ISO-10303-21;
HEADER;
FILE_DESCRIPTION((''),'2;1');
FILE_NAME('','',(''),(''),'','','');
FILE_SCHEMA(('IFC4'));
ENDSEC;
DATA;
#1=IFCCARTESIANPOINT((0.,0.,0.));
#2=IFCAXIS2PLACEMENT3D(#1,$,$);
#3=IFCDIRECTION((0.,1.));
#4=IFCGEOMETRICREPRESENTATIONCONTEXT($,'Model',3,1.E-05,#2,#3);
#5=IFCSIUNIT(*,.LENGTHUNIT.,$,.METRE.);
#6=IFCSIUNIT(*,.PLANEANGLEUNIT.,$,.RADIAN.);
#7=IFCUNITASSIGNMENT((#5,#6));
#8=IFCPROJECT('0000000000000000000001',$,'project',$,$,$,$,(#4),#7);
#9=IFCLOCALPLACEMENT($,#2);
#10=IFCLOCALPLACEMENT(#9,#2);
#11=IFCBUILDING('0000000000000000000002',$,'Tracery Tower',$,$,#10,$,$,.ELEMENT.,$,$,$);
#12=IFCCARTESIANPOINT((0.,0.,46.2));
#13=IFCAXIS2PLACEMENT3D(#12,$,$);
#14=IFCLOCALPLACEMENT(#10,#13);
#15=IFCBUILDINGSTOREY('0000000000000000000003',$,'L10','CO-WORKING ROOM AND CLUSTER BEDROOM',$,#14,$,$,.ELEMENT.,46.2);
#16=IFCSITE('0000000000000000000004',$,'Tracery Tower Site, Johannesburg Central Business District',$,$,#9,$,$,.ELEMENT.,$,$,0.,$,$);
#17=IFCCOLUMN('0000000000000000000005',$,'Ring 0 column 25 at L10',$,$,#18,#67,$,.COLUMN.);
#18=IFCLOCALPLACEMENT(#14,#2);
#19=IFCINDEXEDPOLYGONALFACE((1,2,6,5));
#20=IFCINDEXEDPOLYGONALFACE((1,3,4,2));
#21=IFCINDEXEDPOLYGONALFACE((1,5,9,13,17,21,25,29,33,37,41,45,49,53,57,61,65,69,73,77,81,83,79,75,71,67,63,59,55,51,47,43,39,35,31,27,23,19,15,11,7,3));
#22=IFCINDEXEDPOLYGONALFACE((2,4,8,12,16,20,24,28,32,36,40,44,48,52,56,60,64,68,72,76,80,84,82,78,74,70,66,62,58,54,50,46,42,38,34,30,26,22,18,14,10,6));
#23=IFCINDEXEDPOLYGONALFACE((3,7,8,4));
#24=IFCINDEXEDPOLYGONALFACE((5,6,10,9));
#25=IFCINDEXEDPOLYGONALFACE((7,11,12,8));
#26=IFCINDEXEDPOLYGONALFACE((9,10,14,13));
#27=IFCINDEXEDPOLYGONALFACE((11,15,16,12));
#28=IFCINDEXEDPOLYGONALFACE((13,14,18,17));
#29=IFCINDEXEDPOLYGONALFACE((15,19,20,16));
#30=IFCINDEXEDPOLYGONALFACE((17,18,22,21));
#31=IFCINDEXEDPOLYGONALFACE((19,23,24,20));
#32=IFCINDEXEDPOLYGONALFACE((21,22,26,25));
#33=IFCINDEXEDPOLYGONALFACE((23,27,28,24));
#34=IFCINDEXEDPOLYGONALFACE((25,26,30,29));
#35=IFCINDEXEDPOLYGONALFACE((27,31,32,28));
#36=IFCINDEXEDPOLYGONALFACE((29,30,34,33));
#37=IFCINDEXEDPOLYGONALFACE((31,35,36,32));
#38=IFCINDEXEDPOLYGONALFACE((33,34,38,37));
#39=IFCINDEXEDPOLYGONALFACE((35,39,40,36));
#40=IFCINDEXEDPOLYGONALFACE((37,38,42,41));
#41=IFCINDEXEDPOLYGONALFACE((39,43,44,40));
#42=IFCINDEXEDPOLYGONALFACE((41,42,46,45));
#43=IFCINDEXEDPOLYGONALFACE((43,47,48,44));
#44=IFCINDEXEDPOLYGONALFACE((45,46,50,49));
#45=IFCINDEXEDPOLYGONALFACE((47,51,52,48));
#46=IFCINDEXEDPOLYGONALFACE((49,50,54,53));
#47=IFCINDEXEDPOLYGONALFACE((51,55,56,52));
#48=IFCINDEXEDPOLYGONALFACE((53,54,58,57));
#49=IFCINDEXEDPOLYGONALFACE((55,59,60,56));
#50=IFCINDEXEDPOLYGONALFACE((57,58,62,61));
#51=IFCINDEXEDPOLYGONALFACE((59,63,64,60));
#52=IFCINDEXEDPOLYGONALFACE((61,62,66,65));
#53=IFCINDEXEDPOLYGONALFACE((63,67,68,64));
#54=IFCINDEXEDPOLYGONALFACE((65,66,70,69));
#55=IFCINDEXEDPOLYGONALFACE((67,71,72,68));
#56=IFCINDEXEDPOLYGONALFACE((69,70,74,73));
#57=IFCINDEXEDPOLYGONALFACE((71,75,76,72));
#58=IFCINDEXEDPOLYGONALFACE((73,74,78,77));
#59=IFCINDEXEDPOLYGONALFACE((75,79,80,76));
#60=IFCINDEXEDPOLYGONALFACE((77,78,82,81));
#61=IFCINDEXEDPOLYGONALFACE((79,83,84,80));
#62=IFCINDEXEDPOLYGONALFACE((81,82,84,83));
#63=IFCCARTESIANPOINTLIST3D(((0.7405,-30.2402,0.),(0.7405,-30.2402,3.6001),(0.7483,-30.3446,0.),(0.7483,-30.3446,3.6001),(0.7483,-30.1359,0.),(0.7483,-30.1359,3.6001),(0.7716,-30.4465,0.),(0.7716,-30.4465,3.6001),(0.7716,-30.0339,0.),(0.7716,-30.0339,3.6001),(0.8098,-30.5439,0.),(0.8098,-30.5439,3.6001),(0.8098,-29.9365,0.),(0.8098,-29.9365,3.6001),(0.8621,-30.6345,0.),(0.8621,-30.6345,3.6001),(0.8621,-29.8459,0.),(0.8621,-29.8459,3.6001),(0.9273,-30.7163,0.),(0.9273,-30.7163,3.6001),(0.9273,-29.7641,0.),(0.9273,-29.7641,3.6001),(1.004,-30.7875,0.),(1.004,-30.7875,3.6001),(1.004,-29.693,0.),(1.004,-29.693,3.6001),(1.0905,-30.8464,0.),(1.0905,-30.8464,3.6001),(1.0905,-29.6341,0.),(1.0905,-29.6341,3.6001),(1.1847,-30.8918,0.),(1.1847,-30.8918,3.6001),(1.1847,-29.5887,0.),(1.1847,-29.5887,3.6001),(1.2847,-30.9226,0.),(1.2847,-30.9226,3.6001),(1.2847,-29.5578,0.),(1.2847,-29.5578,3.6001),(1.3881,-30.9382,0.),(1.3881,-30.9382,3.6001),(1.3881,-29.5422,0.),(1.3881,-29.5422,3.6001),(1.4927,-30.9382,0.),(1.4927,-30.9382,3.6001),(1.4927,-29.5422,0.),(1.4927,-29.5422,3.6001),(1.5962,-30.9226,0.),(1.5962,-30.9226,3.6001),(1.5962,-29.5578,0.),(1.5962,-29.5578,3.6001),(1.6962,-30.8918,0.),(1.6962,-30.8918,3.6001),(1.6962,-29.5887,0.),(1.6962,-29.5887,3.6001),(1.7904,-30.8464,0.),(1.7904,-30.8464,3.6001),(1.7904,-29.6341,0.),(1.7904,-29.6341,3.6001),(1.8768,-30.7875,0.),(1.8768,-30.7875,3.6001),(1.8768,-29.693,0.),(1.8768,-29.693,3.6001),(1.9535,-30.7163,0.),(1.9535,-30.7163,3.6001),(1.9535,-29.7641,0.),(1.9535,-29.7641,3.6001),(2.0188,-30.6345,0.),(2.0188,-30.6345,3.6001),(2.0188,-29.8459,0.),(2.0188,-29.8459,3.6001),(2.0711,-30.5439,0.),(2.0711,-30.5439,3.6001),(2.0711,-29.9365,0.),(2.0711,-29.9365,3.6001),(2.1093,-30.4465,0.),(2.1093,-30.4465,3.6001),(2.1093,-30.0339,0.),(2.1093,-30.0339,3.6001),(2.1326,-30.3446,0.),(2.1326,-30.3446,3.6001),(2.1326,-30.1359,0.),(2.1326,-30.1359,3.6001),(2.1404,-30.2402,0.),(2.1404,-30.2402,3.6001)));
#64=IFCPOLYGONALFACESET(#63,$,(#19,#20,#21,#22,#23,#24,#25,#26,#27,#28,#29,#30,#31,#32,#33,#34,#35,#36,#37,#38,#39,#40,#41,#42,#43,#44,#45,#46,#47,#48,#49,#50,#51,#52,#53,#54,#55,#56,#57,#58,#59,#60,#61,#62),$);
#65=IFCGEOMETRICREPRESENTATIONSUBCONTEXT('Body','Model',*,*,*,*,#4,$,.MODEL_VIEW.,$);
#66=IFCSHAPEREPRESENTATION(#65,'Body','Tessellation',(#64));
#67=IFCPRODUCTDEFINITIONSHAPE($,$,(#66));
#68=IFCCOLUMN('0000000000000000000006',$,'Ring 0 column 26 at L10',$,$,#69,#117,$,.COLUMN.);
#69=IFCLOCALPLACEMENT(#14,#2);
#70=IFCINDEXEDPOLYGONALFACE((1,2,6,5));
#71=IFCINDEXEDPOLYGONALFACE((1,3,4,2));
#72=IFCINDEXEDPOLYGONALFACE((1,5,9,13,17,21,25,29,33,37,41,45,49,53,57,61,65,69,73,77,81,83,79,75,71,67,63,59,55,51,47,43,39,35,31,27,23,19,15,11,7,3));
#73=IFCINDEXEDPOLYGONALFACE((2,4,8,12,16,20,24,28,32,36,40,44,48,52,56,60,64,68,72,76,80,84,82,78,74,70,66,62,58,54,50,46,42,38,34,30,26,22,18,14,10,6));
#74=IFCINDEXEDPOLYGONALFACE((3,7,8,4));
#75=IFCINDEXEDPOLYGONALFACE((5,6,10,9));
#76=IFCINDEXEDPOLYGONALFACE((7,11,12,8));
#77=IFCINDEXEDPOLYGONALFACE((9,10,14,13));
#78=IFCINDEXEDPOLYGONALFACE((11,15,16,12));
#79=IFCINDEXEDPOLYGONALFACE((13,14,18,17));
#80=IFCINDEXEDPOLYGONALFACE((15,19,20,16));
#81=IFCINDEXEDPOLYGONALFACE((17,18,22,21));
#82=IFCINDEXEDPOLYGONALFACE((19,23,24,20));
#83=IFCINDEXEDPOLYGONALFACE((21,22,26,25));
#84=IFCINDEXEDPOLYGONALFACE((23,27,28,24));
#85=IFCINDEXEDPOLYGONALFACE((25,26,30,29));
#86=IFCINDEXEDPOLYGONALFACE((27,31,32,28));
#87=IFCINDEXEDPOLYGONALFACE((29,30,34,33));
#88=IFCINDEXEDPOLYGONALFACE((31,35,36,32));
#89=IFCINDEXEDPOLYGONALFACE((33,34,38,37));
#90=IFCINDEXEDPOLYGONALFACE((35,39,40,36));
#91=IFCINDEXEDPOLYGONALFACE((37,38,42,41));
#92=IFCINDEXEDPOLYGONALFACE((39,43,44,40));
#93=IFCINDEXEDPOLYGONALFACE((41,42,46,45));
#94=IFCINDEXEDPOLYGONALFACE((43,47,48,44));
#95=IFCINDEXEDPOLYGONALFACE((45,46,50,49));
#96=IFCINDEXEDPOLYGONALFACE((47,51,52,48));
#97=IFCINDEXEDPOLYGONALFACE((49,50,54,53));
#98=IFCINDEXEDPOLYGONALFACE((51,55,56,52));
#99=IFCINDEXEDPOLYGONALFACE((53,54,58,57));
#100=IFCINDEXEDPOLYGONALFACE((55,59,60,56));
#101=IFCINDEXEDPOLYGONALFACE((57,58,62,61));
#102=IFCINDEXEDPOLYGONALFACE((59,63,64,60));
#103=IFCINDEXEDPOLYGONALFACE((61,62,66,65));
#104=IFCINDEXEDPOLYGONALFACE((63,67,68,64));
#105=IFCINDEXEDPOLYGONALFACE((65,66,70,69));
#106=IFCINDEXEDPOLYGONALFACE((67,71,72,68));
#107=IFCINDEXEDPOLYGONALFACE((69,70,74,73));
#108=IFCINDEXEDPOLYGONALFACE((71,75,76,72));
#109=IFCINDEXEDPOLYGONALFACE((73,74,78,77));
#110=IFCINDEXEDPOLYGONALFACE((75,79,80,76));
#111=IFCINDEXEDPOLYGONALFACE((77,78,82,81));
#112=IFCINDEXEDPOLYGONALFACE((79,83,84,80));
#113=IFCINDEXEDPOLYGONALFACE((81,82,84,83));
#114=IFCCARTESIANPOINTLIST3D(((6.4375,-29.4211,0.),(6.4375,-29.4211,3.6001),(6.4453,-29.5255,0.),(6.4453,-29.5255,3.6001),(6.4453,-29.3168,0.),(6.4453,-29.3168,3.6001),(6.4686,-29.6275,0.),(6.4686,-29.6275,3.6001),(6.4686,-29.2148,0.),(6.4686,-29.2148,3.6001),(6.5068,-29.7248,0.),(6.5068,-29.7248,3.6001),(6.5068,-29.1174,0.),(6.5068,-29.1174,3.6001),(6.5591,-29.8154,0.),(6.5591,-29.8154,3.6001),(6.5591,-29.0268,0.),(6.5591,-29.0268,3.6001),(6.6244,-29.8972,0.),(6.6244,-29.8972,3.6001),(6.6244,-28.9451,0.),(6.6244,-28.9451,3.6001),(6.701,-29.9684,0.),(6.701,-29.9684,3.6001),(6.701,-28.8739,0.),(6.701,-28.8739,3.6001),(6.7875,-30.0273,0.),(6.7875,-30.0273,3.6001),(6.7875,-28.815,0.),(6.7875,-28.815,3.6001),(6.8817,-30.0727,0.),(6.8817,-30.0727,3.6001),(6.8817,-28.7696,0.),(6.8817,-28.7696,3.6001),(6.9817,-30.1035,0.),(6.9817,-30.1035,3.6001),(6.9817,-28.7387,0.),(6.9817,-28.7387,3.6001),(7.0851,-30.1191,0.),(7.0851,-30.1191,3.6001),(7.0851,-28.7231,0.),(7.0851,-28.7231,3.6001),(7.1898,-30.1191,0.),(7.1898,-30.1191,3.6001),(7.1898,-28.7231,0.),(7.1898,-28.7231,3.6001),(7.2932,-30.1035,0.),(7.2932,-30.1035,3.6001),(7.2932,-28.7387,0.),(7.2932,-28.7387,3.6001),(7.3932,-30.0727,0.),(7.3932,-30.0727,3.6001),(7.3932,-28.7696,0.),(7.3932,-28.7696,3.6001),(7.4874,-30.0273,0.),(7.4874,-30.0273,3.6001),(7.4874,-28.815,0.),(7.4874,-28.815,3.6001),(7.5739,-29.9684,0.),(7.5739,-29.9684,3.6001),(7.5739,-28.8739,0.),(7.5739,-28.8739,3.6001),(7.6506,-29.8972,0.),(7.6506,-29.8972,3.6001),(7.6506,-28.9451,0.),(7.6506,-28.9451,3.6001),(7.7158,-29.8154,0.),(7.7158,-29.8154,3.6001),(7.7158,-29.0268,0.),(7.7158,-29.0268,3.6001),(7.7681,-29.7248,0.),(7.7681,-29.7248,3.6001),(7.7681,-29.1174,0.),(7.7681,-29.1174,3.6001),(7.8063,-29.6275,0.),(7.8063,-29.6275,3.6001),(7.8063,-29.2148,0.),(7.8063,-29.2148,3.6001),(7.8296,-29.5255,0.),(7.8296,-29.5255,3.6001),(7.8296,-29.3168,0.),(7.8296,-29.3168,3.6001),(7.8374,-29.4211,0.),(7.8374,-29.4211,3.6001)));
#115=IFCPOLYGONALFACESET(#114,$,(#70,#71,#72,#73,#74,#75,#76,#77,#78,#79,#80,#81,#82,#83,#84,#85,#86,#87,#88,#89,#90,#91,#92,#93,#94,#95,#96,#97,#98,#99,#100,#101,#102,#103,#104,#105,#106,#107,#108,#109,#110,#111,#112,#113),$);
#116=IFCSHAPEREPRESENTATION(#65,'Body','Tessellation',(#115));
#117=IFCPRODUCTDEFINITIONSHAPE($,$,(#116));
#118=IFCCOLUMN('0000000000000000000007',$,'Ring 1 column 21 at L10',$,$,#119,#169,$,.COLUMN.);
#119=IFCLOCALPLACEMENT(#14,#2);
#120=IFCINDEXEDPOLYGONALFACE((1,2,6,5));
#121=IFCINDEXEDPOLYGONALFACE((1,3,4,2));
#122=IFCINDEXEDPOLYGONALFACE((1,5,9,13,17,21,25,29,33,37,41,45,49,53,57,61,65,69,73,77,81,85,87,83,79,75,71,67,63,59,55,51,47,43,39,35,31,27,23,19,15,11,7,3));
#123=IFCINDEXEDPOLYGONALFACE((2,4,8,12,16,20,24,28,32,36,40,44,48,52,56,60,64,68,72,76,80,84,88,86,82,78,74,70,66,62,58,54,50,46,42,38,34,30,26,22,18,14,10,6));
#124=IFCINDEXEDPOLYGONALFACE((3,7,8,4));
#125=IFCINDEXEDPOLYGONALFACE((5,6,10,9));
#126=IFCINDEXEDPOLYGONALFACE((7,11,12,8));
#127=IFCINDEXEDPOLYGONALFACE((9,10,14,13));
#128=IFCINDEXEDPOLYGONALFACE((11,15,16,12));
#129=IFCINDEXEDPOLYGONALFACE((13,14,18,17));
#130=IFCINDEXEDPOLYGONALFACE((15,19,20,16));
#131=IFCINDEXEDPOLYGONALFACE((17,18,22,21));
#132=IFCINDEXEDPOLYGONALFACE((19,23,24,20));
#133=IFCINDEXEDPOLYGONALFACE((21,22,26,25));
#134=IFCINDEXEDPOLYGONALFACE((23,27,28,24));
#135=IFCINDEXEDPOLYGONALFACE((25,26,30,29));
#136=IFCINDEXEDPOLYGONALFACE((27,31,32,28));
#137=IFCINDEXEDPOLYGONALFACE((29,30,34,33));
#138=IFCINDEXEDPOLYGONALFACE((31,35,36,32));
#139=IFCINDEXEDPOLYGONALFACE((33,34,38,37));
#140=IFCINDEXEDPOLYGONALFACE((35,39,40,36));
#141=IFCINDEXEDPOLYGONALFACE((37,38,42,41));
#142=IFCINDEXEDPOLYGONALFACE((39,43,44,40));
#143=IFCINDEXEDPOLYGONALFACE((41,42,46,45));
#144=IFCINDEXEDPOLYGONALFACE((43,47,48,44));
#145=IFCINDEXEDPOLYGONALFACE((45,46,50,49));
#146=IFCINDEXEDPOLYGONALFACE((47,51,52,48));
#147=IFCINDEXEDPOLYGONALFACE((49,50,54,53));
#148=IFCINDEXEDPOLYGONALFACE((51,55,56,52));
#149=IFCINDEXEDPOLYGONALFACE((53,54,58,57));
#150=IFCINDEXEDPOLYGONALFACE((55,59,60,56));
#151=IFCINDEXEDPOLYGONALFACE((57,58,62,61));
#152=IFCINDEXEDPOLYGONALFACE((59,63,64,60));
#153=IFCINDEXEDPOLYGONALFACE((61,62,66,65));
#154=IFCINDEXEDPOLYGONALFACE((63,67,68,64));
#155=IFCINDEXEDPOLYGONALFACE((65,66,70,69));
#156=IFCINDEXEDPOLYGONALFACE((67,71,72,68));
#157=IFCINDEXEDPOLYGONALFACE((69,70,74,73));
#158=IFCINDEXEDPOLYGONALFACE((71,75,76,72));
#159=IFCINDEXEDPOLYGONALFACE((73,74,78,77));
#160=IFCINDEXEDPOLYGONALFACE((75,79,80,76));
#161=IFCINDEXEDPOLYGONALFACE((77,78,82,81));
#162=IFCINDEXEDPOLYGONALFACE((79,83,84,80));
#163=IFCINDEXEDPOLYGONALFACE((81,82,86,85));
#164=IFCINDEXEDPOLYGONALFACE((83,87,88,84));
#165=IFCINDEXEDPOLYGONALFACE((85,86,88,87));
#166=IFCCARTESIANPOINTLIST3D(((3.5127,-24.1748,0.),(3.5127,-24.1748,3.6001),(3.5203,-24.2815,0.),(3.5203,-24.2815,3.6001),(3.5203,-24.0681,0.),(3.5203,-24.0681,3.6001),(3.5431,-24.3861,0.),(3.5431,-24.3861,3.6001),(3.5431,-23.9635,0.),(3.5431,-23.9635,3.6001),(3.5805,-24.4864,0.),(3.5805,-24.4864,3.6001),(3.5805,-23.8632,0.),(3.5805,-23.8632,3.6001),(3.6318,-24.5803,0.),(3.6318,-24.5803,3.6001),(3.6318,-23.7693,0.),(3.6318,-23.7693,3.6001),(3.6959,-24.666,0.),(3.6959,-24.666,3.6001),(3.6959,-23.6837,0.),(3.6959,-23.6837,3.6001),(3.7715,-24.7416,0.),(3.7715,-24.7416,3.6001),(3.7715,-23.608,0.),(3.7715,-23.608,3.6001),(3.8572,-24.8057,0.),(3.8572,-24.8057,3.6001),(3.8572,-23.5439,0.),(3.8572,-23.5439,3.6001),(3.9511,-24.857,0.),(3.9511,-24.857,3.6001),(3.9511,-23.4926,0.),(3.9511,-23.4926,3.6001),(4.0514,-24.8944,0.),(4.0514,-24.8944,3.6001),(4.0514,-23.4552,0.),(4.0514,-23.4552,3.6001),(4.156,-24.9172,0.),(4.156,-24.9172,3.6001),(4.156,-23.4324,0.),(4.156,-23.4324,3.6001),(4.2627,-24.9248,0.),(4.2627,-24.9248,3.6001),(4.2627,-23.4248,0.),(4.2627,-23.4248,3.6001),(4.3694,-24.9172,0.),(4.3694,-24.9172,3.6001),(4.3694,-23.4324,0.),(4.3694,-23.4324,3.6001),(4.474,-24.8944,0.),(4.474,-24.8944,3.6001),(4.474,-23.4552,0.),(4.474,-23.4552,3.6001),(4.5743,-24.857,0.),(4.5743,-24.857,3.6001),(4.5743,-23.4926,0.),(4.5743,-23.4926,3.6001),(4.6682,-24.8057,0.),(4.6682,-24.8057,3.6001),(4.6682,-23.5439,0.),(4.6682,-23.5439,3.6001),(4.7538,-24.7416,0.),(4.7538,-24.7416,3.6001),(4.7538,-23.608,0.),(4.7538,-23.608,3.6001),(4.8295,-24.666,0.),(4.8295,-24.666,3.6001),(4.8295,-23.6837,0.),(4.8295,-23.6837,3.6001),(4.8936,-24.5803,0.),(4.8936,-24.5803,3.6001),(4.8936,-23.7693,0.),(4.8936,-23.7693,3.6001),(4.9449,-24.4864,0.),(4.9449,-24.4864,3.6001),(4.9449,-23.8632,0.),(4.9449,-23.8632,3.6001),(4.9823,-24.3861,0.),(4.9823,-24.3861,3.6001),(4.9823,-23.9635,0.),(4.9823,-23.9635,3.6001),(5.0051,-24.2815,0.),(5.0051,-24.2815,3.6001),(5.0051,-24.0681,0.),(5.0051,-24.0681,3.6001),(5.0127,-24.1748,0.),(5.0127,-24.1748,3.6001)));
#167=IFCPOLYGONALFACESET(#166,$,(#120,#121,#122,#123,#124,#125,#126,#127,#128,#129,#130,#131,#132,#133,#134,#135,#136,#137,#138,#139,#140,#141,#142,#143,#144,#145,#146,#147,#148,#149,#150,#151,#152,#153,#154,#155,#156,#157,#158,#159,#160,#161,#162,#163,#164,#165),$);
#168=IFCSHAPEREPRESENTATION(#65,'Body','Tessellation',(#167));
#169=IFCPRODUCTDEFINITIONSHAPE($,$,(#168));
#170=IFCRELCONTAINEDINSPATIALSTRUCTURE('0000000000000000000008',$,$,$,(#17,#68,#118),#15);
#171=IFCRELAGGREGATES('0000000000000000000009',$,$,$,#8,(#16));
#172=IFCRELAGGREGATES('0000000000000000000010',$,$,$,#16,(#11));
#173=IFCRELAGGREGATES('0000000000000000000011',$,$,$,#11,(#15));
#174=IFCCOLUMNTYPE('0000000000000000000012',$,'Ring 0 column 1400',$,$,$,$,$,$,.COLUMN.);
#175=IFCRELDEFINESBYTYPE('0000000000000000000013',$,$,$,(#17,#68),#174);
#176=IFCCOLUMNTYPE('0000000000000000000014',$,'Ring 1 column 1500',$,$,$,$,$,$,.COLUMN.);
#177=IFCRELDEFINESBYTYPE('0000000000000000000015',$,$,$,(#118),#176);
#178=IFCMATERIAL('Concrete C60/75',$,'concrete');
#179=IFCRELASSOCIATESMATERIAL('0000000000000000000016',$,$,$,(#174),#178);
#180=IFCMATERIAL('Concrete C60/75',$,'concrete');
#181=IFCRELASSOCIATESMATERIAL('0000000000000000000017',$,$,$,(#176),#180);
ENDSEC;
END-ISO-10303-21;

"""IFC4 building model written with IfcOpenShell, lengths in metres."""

from ifc_helpers import new_model, si_unit, direction, frame, origin, origin_2d, place, context, subcontext, project, spatial, circle, extrude, material, material_profile, profile_set, type_object, element, save


model = new_model("IFC4")

# Units and contexts
model_context = context("Model", 3, precision=1e-05, world=origin(), true_north=direction((0.0, 1.0)))
body_context = subcontext(model_context, "Body", "Model", "MODEL_VIEW")
ifc_project = project(units=[si_unit("LENGTHUNIT", "METRE"), si_unit("PLANEANGLEUNIT", "RADIAN")], contexts=[model_context])

# Site, building, storey
site_placement = place(None, origin())
site = spatial("IfcSite", under=ifc_project, at=site_placement, Name="Tracery Tower Site, Johannesburg Central Business District", CompositionType="ELEMENT", RefElevation=0.0)
building_placement = place(site_placement, origin())
building = spatial("IfcBuilding", under=site, at=building_placement, Name="Tracery Tower", CompositionType="ELEMENT")
storey_placement = place(building_placement, frame((0.0, 0.0, 46.2)))
storey = spatial("IfcBuildingStorey", under=building, at=storey_placement, Name="L10", Description="CO-WORKING ROOM AND CLUSTER BEDROOM", CompositionType="ELEMENT", Elevation=46.2)

# Columns
ifc_material_1 = material(Name="Concrete C60/75", Category="concrete")
ifc_material_profile_1 = material_profile(ifc_material_1, circle(Radius=0.7, at=origin_2d()), Name="RC D1400")
ifc_profile_set_1 = profile_set([ifc_material_profile_1], Name="Concrete C60/75")
column_type_1 = type_object("IfcColumnType", Name="Ring 0 column 1400", PredefinedType="COLUMN", material=ifc_profile_set_1)
for number, where, z_axis, x_axis, name in (
    (1, (1.4404, -30.2402, 0.0), (0.0, 0.0, 1.0), (1.0, 0.0, 0.0), "Ring 0 column 25 at L10"),
    (2, (7.1375, -29.4211, 0.0), (0.0, 0.0, 1.0), (1.0, 0.0, 0.0), "Ring 0 column 26 at L10"),
):
    element("IfcColumn", number, at=place(storey_placement, frame(where, z_axis=z_axis, x_axis=x_axis)), inside=storey, type_object=column_type_1, Name=name, PredefinedType="COLUMN", context=body_context, shape_type="SweptSolid", body=[
        extrude(circle(Radius=0.7, at=origin_2d()), origin(), (0.0, 0.0, 1.0), 3.6001),
    ])
ifc_material_2 = material(Name="Concrete C60/75", Category="concrete")
ifc_material_profile_2 = material_profile(ifc_material_2, circle(Radius=0.75, at=origin_2d()), Name="RC D1500")
ifc_profile_set_2 = profile_set([ifc_material_profile_2], Name="Concrete C60/75")
column_type_2 = type_object("IfcColumnType", Name="Ring 1 column 1500", PredefinedType="COLUMN", material=ifc_profile_set_2)
for number, where, z_axis, x_axis, name in (
    (3, (4.2627, -24.1748, 0.0), (0.0, 0.0, 1.0), (1.0, 0.0, 0.0), "Ring 1 column 21 at L10"),
):
    element("IfcColumn", number, at=place(storey_placement, frame(where, z_axis=z_axis, x_axis=x_axis)), inside=storey, type_object=column_type_2, Name=name, PredefinedType="COLUMN", context=body_context, shape_type="SweptSolid", body=[
        extrude(circle(Radius=0.75, at=origin_2d()), origin(), (0.0, 0.0, 1.0), 3.6001),
    ])

save(model, "model.ifc")
